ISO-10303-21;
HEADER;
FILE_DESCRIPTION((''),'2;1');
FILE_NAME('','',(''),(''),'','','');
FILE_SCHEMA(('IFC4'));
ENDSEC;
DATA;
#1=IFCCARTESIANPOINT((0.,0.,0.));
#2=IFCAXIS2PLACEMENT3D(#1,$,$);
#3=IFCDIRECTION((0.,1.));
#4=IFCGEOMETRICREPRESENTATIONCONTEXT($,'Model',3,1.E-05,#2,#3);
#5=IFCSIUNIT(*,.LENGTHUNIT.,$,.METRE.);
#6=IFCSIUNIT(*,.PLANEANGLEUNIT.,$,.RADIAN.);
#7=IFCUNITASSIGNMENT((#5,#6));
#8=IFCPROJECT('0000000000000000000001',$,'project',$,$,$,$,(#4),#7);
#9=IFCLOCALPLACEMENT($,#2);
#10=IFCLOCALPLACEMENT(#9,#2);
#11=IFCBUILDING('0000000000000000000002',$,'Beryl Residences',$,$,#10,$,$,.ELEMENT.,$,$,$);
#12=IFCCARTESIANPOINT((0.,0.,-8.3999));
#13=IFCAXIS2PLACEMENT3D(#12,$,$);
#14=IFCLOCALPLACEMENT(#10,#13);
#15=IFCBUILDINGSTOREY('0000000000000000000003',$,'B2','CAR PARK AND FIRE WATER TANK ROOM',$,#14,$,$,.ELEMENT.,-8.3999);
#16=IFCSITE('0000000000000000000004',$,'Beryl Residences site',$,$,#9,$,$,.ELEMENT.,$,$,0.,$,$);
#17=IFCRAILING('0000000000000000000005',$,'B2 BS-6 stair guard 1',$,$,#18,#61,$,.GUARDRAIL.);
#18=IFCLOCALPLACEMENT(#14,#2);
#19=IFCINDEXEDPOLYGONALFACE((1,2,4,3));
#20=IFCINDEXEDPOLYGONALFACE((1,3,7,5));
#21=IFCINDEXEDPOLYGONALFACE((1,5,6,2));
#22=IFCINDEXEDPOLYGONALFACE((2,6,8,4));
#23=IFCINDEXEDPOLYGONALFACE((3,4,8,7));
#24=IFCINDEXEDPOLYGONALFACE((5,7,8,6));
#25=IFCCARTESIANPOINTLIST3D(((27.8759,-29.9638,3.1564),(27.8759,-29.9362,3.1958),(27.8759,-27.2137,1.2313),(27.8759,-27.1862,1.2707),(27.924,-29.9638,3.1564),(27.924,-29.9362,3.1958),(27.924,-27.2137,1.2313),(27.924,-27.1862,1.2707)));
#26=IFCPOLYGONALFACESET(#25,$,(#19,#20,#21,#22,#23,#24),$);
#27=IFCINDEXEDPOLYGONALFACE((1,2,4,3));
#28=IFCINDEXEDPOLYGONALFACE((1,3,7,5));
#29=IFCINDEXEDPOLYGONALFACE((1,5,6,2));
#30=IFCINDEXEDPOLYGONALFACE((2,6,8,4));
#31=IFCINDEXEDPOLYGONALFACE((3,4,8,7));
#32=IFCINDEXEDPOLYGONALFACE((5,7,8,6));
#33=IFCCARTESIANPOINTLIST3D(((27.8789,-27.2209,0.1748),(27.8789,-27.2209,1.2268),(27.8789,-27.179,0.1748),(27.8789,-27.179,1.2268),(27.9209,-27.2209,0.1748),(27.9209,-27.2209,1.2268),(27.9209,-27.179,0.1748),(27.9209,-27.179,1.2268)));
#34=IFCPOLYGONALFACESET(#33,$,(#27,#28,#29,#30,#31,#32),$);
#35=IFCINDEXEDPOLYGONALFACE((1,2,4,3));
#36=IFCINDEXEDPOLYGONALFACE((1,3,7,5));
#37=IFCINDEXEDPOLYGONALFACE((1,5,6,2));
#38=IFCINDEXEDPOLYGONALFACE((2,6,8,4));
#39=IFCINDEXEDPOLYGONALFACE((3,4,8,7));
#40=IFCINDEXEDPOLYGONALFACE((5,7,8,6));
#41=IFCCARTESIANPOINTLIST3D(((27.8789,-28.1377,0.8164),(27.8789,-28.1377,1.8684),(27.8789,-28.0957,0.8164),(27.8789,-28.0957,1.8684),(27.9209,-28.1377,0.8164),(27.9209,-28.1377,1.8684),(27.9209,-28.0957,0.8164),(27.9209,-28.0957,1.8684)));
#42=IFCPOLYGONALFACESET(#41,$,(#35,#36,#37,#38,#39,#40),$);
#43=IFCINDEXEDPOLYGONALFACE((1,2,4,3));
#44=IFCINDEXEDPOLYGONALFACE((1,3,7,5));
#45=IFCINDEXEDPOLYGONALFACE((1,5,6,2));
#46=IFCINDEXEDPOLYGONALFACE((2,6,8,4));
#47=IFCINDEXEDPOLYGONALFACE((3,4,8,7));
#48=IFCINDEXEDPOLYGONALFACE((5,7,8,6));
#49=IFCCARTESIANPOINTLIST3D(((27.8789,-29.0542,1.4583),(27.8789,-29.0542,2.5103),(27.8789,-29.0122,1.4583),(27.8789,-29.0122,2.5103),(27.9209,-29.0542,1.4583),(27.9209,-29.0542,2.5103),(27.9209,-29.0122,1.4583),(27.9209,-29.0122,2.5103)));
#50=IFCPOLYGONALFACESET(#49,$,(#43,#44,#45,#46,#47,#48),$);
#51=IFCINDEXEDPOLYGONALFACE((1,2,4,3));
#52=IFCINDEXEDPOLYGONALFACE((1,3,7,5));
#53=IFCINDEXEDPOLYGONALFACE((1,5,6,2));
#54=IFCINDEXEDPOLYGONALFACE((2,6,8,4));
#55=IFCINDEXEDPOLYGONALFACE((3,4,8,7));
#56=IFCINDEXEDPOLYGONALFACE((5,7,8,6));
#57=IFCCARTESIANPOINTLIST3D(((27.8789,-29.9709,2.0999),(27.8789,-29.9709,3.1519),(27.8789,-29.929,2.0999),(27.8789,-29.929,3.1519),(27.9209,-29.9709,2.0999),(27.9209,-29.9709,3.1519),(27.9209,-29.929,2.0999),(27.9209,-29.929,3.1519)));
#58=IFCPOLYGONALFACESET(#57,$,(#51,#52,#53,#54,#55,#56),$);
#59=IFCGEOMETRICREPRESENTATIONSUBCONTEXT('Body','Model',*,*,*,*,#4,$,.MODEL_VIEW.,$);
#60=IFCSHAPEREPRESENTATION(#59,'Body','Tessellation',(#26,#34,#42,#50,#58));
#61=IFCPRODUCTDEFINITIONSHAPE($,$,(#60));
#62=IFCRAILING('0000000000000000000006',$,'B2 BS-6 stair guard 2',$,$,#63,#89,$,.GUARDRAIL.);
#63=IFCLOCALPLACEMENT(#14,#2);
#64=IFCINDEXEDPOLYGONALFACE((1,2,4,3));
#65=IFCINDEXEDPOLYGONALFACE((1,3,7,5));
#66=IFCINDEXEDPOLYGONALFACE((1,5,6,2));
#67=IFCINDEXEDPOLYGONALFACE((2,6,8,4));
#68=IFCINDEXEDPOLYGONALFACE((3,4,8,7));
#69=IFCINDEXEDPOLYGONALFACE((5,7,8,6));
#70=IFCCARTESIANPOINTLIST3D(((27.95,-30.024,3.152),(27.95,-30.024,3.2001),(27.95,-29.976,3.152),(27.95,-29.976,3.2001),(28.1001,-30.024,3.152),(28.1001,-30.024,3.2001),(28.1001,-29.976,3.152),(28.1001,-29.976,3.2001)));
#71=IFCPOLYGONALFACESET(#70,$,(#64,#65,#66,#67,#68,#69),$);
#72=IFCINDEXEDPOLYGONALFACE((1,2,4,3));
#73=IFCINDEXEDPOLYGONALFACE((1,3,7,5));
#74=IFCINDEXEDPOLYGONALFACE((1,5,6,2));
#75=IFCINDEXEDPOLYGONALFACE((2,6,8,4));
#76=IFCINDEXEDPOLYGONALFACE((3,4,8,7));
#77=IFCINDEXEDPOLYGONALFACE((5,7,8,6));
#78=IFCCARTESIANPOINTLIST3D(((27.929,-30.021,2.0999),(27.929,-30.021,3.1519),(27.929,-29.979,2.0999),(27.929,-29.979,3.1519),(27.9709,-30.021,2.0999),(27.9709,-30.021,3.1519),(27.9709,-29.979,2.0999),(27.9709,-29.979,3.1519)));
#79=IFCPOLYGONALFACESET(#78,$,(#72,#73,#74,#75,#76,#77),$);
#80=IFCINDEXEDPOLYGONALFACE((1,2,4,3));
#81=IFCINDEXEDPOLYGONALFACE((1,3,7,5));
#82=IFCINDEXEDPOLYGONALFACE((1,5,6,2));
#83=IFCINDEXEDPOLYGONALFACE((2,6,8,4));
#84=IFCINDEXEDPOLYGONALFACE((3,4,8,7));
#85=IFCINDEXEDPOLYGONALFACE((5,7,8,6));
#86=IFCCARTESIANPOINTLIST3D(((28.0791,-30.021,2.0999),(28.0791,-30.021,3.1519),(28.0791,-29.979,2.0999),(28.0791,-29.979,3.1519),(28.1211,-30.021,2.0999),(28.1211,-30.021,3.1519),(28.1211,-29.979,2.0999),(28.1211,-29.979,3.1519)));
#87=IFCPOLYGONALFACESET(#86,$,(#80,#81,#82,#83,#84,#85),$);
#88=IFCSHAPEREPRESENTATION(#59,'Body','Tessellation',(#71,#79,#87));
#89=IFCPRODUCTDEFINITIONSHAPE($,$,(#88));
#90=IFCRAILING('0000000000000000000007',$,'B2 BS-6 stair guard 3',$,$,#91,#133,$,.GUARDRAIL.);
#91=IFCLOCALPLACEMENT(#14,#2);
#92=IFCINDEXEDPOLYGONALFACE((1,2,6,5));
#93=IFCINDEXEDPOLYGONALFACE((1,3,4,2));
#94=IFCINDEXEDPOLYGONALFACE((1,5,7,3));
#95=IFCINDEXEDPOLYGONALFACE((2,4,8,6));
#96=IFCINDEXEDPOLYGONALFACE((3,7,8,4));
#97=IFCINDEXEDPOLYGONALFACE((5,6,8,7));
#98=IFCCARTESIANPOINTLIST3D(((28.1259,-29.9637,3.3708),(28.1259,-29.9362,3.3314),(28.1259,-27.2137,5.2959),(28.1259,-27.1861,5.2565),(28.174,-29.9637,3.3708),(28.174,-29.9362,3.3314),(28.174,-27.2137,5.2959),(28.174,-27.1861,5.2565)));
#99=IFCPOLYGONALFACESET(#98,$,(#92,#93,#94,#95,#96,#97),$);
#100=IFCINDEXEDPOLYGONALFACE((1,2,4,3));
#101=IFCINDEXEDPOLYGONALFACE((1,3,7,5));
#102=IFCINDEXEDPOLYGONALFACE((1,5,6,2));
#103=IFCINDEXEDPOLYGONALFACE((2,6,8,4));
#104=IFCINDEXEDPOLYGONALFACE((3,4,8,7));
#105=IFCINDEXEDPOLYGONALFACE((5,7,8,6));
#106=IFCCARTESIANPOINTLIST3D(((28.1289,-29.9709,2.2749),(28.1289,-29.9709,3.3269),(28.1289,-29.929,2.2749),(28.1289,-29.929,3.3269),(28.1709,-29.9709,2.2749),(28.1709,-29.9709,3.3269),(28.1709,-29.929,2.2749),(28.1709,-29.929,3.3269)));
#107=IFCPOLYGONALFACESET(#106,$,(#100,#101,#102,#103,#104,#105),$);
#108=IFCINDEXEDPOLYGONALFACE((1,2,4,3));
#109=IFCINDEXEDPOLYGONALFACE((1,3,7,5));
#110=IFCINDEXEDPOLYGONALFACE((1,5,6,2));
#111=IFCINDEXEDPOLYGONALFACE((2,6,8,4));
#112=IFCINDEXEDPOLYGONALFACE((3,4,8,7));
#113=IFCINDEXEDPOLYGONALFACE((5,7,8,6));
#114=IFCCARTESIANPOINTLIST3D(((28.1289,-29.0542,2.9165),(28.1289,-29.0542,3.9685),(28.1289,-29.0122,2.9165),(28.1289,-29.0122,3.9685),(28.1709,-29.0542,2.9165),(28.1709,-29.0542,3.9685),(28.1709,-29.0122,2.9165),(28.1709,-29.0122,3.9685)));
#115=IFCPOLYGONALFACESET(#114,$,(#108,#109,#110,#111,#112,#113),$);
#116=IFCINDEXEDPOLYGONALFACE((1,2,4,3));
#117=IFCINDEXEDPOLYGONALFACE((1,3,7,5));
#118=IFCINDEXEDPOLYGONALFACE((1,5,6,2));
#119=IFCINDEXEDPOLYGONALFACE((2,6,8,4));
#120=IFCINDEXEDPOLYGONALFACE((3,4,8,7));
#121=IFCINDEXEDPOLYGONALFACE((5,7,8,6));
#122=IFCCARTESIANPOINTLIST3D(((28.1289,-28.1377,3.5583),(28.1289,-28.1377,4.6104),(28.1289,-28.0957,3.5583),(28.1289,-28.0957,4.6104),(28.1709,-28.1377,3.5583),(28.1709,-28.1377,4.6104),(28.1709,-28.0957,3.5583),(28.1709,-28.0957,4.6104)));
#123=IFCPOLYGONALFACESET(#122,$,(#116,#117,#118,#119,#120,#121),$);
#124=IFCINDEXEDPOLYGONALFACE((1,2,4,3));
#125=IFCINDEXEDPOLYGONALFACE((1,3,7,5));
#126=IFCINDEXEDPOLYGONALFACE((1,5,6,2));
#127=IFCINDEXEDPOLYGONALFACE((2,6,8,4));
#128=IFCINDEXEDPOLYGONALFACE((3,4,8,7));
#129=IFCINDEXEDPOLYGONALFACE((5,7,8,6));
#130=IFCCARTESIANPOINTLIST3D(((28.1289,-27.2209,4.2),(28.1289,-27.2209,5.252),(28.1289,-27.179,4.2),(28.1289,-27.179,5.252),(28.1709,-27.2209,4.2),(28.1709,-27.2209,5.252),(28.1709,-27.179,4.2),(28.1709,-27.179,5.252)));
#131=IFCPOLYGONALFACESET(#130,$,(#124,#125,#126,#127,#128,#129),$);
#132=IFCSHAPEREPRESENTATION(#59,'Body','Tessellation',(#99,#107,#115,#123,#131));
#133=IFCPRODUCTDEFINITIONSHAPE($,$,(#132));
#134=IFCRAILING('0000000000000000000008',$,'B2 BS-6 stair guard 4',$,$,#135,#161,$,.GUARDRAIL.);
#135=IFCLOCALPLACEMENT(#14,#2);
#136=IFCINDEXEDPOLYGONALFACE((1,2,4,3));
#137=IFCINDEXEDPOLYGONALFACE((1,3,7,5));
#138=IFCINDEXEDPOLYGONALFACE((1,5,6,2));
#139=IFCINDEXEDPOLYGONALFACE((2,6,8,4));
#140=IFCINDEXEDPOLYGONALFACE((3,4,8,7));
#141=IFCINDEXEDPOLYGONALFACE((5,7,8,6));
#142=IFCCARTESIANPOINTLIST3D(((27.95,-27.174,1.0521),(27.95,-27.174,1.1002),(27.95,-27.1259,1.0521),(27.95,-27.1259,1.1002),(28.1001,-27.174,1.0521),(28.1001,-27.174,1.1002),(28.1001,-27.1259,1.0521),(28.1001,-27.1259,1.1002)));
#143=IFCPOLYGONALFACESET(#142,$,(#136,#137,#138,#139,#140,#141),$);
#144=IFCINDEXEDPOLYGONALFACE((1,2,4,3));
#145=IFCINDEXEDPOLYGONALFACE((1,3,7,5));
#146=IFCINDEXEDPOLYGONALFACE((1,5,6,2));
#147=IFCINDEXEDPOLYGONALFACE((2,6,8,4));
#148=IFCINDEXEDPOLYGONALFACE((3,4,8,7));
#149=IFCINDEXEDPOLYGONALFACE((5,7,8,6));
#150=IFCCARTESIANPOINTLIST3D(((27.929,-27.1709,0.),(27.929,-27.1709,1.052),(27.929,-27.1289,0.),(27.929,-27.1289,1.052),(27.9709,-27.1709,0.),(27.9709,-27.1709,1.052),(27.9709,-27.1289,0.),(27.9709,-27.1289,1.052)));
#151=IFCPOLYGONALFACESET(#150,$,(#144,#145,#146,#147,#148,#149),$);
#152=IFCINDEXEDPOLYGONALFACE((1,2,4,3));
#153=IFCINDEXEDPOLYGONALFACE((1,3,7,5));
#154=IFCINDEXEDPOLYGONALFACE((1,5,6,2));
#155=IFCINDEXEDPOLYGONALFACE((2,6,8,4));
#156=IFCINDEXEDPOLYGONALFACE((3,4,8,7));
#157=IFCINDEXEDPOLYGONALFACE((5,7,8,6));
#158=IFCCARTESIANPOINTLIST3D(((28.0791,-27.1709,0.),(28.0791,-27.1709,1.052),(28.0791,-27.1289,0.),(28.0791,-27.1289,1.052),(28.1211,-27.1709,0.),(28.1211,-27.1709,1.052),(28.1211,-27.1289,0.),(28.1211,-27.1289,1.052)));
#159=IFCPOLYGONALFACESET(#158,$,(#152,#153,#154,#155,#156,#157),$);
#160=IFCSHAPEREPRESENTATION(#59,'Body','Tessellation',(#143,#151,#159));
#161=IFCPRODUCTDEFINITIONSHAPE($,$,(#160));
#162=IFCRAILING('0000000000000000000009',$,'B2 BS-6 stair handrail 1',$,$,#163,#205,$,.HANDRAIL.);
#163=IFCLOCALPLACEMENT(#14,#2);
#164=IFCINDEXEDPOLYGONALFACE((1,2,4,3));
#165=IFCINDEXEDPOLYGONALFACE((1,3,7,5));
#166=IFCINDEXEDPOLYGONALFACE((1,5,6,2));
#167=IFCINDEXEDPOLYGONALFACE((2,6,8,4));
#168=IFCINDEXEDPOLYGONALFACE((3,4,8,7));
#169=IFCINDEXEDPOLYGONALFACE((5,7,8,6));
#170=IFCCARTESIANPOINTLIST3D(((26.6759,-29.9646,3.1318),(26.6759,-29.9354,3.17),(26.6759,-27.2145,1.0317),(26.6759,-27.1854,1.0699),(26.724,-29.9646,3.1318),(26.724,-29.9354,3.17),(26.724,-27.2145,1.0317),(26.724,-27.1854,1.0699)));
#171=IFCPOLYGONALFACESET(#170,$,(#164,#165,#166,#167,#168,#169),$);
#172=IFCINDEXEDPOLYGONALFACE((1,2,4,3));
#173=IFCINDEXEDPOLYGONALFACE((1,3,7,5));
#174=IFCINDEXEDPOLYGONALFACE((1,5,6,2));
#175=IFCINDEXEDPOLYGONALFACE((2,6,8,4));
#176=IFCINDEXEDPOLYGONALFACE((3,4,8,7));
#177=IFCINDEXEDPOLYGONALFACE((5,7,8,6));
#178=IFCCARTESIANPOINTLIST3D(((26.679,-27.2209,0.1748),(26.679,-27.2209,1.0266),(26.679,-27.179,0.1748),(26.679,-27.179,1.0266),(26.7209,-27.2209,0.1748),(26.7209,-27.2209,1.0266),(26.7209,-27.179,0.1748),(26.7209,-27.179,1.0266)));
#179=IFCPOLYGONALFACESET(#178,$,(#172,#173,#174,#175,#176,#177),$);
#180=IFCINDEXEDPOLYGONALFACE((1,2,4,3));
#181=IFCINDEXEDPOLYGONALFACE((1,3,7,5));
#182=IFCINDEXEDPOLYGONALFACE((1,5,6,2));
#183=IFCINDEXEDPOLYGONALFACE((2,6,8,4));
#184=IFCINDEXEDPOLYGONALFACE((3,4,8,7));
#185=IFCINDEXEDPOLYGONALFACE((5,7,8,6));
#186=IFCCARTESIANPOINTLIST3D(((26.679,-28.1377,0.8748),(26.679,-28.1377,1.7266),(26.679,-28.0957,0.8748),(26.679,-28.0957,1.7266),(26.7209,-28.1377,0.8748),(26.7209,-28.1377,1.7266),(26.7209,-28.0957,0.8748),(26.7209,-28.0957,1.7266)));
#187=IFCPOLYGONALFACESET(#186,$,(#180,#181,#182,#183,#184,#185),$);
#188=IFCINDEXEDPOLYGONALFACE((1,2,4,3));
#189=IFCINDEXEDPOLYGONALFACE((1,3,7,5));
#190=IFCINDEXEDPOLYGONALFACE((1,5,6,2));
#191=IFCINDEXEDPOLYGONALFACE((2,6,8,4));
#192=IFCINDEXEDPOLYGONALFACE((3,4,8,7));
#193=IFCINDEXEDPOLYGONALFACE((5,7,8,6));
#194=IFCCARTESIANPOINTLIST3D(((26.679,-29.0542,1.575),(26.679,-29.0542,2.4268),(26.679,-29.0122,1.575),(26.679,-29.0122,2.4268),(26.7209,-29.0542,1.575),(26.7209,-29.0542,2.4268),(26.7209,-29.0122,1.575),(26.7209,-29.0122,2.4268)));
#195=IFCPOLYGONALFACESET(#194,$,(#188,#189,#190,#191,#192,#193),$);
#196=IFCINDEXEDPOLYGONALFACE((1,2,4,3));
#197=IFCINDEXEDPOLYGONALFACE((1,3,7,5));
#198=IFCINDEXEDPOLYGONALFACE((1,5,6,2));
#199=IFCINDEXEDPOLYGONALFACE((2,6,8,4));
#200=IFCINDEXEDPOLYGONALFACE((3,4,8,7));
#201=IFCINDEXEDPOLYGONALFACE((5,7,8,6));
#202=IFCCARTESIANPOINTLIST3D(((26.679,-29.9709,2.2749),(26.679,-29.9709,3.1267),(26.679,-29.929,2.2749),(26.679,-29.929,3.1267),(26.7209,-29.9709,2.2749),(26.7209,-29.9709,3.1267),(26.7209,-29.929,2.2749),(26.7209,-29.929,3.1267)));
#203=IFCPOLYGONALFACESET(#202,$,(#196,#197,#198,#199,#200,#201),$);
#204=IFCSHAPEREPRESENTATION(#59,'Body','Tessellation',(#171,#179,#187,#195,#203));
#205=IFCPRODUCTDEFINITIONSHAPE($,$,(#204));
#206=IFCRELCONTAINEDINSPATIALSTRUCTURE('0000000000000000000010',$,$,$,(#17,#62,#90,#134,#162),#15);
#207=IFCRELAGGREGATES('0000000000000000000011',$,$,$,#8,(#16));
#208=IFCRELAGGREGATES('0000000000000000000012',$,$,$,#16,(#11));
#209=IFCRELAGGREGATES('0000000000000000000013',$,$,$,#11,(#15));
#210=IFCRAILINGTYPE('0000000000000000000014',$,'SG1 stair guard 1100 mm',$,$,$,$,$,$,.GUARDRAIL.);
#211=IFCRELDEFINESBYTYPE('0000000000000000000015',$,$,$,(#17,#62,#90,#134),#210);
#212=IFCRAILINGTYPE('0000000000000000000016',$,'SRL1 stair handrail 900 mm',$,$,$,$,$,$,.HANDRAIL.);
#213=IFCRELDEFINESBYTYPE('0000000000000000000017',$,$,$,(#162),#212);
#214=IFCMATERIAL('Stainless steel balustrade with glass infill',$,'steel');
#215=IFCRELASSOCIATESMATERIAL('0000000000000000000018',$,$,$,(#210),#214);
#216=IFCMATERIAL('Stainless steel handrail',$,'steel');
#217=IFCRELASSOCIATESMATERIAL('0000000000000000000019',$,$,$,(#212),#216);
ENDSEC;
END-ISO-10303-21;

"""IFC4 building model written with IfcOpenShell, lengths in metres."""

from ifc_helpers import new_model, si_unit, direction, frame, origin, origin_2d, place, context, subcontext, project, spatial, rectangle, extrude, material, type_object, element, save


model = new_model("IFC4")

# Units and contexts
model_context = context("Model", 3, precision=1e-05, world=origin(), true_north=direction((0.0, 1.0)))
body_context = subcontext(model_context, "Body", "Model", "MODEL_VIEW")
ifc_project = project(units=[si_unit("LENGTHUNIT", "METRE"), si_unit("PLANEANGLEUNIT", "RADIAN")], contexts=[model_context])

# Site, building, storey
site_placement = place(None, origin())
site = spatial("IfcSite", under=ifc_project, at=site_placement, Name="Beryl Residences site", CompositionType="ELEMENT", RefElevation=0.0)
building_placement = place(site_placement, origin())
building = spatial("IfcBuilding", under=site, at=building_placement, Name="Beryl Residences", CompositionType="ELEMENT")
storey_placement = place(building_placement, frame((0.0, 0.0, -8.3999)))
storey = spatial("IfcBuildingStorey", under=building, at=storey_placement, Name="B2", Description="CAR PARK AND FIRE WATER TANK ROOM", CompositionType="ELEMENT", Elevation=-8.3999)

# Railings
ifc_material_1 = material(Name="Stainless steel balustrade with glass infill", Category="steel")
railing_type_1 = type_object("IfcRailingType", Name="SG1 stair guard 1100 mm", PredefinedType="GUARDRAIL", material=ifc_material_1)
railing_1_placement = place(storey_placement, frame((27.8999, -27.2, 0.1748)))
element("IfcRailing", 1, at=railing_1_placement, inside=storey, type_object=railing_type_1, Name="B2 BS-6 stair guard 1", PredefinedType="GUARDRAIL", context=body_context, shape_type="SweptSolid", body=[
    extrude(rectangle(XDim=0.0481, YDim=0.0481, at=origin_2d()), frame((0.0, 0.0, 1.0762), z_axis=(0.0, -0.819225, 0.573472), x_axis=(1.0, 0.0, 0.0)), (0.0, 0.0, 1.0), 3.3569),
    extrude(rectangle(XDim=0.042, YDim=0.042, at=origin_2d()), origin(), (0.0, 0.0, 1.0), 1.052),
    extrude(rectangle(XDim=0.042, YDim=0.042, at=origin_2d()), frame((0.0, -0.9167, 0.6416)), (0.0, 0.0, 1.0), 1.052),
    extrude(rectangle(XDim=0.042, YDim=0.042, at=origin_2d()), frame((0.0, -1.8333, 1.2834)), (0.0, 0.0, 1.0), 1.052),
    extrude(rectangle(XDim=0.042, YDim=0.042, at=origin_2d()), frame((0.0, -2.75, 1.925)), (0.0, 0.0, 1.0), 1.052),
])
railing_2_placement = place(storey_placement, frame((27.95, -30.0, 2.0999)))
element("IfcRailing", 2, at=railing_2_placement, inside=storey, type_object=railing_type_1, Name="B2 BS-6 stair guard 2", PredefinedType="GUARDRAIL", context=body_context, shape_type="SweptSolid", body=[
    extrude(rectangle(XDim=0.0481, YDim=0.0481, at=origin_2d()), frame((0.0, 0.0, 1.0762), z_axis=(1.0, 0.0, 0.0), x_axis=(0.0, 1.0, 0.0)), (0.0, 0.0, 1.0), 0.1501),
    extrude(rectangle(XDim=0.042, YDim=0.042, at=origin_2d()), origin(), (0.0, 0.0, 1.0), 1.052),
    extrude(rectangle(XDim=0.042, YDim=0.042, at=origin_2d()), frame((0.1501, 0.0, 0.0)), (0.0, 0.0, 1.0), 1.052),
])
railing_3_placement = place(storey_placement, frame((28.1499, -29.95, 2.2749)))
element("IfcRailing", 3, at=railing_3_placement, inside=storey, type_object=railing_type_1, Name="B2 BS-6 stair guard 3", PredefinedType="GUARDRAIL", context=body_context, shape_type="SweptSolid", body=[
    extrude(rectangle(XDim=0.0481, YDim=0.0481, at=origin_2d()), frame((0.0, 0.0, 1.0762), z_axis=(0.0, 0.819225, 0.573472), x_axis=(-1.0, 0.0, 0.0)), (0.0, 0.0, 1.0), 3.3569),
    extrude(rectangle(XDim=0.042, YDim=0.042, at=origin_2d()), origin(), (0.0, 0.0, 1.0), 1.052),
    extrude(rectangle(XDim=0.042, YDim=0.042, at=origin_2d()), frame((0.0, 0.9167, 0.6416)), (0.0, 0.0, 1.0), 1.052),
    extrude(rectangle(XDim=0.042, YDim=0.042, at=origin_2d()), frame((0.0, 1.8333, 1.2834)), (0.0, 0.0, 1.0), 1.052),
    extrude(rectangle(XDim=0.042, YDim=0.042, at=origin_2d()), frame((0.0, 2.75, 1.925)), (0.0, 0.0, 1.0), 1.052),
])
railing_4_placement = place(storey_placement, frame((27.95, -27.1499, 0.0)))
element("IfcRailing", 4, at=railing_4_placement, inside=storey, type_object=railing_type_1, Name="B2 BS-6 stair guard 4", PredefinedType="GUARDRAIL", context=body_context, shape_type="SweptSolid", body=[
    extrude(rectangle(XDim=0.0481, YDim=0.0481, at=origin_2d()), frame((0.0, 0.0, 1.0762), z_axis=(1.0, 0.0, 0.0), x_axis=(0.0, 1.0, 0.0)), (0.0, 0.0, 1.0), 0.1501),
    extrude(rectangle(XDim=0.042, YDim=0.042, at=origin_2d()), origin(), (0.0, 0.0, 1.0), 1.052),
    extrude(rectangle(XDim=0.042, YDim=0.042, at=origin_2d()), frame((0.1501, 0.0, 0.0)), (0.0, 0.0, 1.0), 1.052),
])
ifc_material_2 = material(Name="Stainless steel handrail", Category="steel")
railing_type_2 = type_object("IfcRailingType", Name="SRL1 stair handrail 900 mm", PredefinedType="HANDRAIL", material=ifc_material_2)
railing_5_placement = place(storey_placement, frame((26.7, -27.2, 0.1748)))
element("IfcRailing", 5, at=railing_5_placement, inside=storey, type_object=railing_type_2, Name="B2 BS-6 stair handrail 1", PredefinedType="HANDRAIL", context=body_context, shape_type="SweptSolid", body=[
    extrude(rectangle(XDim=0.0481, YDim=0.0481, at=origin_2d()), frame((0.0, 0.0, 0.876), z_axis=(0.0, -0.794754, 0.606931), x_axis=(1.0, 0.0, 0.0)), (0.0, 0.0, 1.0), 3.4602),
    extrude(rectangle(XDim=0.042, YDim=0.042, at=origin_2d()), origin(), (0.0, 0.0, 1.0), 0.8518),
    extrude(rectangle(XDim=0.042, YDim=0.042, at=origin_2d()), frame((0.0, -0.9167, 0.7)), (0.0, 0.0, 1.0), 0.8518),
    extrude(rectangle(XDim=0.042, YDim=0.042, at=origin_2d()), frame((0.0, -1.8333, 1.4001)), (0.0, 0.0, 1.0), 0.8518),
    extrude(rectangle(XDim=0.042, YDim=0.042, at=origin_2d()), frame((0.0, -2.75, 2.1001)), (0.0, 0.0, 1.0), 0.8518),
])

save(model, "model.ifc")
